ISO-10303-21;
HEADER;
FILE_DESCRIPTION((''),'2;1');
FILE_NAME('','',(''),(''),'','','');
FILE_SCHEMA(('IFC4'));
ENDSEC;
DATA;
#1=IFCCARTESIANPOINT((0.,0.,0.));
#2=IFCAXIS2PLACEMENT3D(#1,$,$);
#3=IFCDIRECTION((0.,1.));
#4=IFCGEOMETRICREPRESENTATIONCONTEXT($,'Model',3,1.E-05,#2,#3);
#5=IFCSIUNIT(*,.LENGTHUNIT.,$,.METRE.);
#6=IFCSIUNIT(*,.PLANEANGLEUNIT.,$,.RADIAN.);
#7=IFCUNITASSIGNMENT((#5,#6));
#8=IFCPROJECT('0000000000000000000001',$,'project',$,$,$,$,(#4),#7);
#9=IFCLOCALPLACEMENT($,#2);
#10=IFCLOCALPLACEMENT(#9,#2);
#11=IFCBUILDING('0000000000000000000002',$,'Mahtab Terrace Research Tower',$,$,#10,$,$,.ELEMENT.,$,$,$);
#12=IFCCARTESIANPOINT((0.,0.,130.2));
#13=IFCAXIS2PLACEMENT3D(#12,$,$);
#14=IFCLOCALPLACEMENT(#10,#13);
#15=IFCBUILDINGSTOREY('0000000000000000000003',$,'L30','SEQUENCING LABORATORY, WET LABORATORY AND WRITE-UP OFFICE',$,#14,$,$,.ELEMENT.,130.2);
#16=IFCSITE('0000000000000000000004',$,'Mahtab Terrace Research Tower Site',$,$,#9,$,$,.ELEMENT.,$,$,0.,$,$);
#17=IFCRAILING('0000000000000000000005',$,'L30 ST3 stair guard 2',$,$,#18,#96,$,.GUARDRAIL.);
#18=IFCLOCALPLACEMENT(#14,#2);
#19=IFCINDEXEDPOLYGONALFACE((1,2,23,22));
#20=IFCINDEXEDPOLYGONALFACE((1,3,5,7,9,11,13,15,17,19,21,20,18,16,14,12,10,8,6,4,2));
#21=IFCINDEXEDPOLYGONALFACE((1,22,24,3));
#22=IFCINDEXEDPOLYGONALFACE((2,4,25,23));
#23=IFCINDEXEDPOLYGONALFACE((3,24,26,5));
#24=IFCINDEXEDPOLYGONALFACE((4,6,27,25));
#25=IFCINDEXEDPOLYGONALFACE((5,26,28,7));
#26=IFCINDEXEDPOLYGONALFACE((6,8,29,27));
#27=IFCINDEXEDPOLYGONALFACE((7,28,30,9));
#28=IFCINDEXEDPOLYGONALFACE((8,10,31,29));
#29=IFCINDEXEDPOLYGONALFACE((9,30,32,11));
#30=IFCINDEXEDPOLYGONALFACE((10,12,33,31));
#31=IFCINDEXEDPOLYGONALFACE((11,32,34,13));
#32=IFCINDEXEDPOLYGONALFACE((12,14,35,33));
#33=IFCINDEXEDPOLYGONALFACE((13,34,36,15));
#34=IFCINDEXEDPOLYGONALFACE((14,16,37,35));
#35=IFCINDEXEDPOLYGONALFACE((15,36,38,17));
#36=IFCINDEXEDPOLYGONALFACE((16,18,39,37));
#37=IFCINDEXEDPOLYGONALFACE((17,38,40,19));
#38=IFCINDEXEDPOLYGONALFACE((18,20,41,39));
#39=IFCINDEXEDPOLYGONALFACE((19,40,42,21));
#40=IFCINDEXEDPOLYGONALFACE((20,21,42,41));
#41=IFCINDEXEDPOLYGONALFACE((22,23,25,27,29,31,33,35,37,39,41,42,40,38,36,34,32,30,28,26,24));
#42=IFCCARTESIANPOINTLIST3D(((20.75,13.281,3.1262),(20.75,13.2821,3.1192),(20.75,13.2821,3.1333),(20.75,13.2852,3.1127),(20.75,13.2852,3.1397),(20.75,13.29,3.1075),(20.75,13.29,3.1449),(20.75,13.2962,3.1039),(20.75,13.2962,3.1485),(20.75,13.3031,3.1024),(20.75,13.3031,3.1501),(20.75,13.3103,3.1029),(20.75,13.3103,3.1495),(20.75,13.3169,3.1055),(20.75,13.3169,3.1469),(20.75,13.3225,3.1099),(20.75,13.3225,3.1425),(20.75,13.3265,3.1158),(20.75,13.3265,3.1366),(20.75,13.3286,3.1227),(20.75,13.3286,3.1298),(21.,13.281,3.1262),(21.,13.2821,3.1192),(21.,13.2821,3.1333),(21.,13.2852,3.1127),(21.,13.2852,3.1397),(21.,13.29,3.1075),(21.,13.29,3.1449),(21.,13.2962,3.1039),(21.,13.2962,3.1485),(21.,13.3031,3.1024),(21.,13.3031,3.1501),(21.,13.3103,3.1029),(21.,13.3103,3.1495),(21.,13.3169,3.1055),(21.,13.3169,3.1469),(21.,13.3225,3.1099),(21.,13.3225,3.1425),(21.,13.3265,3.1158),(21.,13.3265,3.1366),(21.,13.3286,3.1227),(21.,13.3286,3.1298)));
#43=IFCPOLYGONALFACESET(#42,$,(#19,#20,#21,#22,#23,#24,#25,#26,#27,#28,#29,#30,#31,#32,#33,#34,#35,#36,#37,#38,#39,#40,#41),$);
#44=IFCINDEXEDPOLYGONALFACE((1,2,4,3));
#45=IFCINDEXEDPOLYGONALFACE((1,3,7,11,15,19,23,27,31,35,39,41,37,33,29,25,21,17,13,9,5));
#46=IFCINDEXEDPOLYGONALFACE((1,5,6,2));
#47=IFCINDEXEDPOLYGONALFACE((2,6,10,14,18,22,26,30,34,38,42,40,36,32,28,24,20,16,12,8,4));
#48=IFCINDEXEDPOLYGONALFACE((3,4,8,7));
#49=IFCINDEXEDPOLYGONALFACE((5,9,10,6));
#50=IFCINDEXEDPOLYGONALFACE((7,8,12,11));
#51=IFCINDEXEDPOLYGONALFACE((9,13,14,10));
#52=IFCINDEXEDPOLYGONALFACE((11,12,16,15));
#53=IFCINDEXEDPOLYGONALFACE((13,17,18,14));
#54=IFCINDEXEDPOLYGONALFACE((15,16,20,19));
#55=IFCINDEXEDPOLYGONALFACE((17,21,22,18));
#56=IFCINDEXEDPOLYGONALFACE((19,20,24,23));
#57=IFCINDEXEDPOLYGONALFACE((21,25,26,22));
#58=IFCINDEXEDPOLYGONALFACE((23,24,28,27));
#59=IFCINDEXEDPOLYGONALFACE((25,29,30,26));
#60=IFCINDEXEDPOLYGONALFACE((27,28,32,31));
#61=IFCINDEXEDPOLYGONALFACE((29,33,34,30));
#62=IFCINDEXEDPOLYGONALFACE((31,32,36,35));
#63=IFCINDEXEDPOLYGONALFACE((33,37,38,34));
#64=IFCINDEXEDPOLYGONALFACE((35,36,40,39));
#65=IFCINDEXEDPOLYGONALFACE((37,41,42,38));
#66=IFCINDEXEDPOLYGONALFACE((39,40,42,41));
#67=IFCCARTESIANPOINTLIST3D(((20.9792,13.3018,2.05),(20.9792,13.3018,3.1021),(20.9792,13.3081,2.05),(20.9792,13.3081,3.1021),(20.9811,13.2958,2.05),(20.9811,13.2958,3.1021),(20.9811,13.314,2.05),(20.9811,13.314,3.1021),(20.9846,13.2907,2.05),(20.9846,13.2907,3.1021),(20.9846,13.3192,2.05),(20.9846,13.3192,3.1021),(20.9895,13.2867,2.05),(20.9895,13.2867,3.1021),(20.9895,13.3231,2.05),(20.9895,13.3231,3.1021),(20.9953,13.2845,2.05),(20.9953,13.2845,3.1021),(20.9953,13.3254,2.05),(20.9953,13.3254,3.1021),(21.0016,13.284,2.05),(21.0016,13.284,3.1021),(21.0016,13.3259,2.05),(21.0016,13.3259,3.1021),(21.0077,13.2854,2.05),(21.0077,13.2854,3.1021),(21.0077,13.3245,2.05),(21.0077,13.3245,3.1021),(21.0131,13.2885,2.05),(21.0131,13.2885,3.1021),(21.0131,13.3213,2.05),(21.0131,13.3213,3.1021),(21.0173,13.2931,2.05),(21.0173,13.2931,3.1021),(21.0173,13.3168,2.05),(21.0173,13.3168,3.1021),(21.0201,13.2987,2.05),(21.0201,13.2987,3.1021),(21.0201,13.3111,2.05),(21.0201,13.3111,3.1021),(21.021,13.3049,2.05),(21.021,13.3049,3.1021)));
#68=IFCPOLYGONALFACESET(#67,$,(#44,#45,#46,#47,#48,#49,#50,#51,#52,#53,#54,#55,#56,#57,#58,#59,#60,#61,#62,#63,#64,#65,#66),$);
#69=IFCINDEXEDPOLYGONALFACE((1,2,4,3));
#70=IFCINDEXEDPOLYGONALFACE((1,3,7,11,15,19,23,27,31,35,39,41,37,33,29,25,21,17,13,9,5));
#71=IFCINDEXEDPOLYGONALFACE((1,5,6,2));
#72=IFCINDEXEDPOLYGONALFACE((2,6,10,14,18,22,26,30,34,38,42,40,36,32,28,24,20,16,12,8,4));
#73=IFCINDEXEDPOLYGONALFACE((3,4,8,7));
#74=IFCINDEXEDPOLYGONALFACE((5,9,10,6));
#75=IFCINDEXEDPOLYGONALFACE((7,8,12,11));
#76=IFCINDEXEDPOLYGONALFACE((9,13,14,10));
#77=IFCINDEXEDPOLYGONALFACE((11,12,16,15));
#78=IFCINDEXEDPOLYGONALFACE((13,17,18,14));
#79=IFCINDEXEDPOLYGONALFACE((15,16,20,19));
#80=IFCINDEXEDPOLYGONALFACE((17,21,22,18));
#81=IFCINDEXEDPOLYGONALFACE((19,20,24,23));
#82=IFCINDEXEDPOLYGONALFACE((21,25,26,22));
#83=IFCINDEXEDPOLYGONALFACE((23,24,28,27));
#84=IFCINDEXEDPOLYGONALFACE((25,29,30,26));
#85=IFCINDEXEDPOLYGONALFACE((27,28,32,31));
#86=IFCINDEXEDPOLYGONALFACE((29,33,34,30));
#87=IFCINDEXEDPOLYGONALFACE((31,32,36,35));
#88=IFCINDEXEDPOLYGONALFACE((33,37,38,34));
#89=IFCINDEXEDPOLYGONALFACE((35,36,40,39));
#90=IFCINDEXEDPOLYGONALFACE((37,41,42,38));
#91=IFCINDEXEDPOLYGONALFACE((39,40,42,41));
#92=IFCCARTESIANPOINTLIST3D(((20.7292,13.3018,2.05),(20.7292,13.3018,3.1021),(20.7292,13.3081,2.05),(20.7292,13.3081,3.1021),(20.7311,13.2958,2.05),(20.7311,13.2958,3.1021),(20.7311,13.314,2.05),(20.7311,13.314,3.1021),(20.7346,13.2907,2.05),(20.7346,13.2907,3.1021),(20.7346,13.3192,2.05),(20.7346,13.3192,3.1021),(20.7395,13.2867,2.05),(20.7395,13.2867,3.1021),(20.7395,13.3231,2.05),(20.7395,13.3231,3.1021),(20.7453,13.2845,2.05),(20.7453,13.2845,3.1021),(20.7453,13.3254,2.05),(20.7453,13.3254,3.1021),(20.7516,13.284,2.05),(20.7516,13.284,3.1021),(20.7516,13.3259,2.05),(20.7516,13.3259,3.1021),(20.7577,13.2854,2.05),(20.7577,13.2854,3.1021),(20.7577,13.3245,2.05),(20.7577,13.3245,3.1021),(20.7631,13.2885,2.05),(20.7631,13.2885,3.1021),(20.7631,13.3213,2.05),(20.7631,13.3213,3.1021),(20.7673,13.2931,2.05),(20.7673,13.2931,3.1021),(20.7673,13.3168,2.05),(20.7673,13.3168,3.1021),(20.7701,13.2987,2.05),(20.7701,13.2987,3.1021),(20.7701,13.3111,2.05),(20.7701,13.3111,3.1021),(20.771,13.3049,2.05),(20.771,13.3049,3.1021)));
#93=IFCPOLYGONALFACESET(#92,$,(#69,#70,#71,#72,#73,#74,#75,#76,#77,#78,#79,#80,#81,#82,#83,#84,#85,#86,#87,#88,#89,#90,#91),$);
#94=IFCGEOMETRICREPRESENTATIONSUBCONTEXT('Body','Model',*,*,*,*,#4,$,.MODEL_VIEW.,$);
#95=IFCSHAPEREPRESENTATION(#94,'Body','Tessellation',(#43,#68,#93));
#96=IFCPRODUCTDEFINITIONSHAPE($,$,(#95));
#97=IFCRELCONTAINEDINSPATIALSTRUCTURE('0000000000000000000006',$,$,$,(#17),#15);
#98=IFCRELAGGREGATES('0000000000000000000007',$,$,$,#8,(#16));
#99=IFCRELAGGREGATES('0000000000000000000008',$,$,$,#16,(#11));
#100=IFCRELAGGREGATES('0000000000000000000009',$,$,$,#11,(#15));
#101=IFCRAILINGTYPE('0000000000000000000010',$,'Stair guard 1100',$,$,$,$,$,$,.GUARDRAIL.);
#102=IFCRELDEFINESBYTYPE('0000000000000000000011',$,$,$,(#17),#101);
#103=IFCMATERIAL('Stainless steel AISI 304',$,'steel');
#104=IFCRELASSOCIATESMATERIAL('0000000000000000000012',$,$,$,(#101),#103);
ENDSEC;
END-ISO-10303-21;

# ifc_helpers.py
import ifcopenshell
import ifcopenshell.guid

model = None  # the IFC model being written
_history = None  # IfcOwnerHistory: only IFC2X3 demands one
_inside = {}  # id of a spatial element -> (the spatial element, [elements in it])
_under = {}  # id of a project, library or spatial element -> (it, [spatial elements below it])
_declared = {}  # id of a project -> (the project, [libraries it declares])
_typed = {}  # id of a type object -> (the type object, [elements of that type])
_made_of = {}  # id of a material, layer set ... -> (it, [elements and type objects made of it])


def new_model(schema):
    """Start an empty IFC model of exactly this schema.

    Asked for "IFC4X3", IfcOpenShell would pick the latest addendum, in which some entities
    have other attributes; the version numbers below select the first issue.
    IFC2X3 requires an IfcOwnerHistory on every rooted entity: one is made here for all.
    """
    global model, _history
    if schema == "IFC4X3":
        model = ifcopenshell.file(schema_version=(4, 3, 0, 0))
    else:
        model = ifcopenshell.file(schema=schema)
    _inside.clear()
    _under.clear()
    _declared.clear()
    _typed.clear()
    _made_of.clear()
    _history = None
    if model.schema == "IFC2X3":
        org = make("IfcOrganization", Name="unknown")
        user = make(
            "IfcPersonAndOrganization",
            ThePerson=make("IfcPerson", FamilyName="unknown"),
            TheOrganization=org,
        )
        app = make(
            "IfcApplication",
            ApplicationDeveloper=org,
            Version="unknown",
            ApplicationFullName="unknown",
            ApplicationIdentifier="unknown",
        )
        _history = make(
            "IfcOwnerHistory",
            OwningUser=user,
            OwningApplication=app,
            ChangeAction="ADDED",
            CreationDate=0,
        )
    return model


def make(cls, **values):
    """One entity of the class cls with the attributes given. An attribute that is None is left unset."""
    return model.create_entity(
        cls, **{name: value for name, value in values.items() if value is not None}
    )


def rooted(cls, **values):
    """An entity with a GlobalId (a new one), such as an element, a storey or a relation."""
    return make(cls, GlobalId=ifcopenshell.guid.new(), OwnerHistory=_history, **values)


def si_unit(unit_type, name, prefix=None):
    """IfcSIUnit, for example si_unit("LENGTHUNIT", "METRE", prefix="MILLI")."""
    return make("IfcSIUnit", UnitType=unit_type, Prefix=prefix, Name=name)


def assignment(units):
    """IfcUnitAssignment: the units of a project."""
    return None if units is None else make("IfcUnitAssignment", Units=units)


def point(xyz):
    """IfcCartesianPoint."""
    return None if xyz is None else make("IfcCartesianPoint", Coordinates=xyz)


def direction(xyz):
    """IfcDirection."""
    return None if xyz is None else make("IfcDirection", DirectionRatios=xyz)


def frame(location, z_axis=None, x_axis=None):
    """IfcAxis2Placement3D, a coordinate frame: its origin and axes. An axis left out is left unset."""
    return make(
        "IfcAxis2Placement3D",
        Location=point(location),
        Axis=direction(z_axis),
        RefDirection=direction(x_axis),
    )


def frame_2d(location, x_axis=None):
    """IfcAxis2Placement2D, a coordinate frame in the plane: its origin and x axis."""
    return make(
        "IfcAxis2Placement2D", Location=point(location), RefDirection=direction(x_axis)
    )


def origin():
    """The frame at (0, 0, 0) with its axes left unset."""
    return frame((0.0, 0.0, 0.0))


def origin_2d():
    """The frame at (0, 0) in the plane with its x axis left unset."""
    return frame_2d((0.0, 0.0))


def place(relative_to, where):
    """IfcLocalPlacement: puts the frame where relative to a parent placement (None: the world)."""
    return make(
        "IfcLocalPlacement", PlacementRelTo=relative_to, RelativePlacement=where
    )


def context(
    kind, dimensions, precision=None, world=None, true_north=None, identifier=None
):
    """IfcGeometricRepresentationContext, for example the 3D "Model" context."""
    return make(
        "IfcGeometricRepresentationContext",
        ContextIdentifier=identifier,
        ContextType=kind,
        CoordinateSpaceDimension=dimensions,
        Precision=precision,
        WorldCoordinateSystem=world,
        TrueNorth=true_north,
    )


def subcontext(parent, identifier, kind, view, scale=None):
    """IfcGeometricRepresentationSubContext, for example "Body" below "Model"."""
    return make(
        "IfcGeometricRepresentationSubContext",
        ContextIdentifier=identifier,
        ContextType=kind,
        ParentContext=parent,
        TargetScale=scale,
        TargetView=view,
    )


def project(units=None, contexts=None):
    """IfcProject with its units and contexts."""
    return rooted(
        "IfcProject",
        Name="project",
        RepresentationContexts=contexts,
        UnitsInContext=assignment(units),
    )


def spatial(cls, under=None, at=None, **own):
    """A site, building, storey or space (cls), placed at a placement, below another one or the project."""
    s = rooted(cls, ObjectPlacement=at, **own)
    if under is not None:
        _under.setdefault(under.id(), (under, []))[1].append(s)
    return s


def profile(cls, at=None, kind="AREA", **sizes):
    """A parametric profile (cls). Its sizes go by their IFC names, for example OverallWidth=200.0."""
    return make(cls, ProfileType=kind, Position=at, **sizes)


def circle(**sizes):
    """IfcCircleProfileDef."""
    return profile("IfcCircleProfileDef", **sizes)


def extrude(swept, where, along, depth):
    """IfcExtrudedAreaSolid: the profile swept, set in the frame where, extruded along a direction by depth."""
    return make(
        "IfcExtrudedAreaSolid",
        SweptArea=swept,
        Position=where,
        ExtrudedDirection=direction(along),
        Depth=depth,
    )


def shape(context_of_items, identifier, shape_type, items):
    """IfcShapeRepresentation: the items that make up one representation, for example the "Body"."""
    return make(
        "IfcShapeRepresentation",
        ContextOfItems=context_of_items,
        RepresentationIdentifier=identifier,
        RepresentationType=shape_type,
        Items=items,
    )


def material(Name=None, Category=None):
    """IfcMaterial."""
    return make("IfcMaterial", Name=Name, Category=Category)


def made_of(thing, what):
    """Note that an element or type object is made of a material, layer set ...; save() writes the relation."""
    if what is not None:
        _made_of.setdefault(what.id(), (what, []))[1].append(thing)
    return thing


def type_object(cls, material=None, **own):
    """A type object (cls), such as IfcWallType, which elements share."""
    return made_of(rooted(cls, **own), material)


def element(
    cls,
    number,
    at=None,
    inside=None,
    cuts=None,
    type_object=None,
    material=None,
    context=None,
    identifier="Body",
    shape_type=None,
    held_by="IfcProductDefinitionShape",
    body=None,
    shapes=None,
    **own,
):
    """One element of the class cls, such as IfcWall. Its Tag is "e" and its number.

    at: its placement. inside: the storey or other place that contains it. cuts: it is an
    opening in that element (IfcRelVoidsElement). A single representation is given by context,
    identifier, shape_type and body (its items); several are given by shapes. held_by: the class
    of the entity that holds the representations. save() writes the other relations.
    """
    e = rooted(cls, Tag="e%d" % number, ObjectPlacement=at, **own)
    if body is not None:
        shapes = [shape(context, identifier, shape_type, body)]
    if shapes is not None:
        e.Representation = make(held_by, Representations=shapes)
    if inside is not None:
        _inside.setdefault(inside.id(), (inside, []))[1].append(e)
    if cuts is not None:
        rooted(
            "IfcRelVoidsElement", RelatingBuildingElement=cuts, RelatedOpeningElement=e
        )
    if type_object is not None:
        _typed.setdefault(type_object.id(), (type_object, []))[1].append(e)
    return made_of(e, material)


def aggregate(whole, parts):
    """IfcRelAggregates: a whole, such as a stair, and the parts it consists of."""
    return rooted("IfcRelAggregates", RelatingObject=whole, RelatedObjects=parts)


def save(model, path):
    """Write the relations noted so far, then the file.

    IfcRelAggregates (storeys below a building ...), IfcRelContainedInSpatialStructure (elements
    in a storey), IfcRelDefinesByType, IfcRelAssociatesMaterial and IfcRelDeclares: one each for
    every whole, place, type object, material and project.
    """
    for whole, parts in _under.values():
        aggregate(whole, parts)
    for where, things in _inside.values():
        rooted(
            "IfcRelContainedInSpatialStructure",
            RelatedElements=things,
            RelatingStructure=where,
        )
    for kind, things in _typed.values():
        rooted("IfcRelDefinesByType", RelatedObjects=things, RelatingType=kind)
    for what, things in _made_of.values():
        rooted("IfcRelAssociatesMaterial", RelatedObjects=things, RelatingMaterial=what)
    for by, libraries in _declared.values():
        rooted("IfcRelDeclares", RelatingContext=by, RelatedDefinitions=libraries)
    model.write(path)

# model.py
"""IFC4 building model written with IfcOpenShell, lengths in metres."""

from ifc_helpers import new_model, si_unit, direction, frame, origin, origin_2d, place, context, subcontext, project, spatial, circle, extrude, material, type_object, element, save


model = new_model("IFC4")

# Units and contexts
model_context = context("Model", 3, precision=1e-05, world=origin(), true_north=direction((0.0, 1.0)))
body_context = subcontext(model_context, "Body", "Model", "MODEL_VIEW")
ifc_project = project(units=[si_unit("LENGTHUNIT", "METRE"), si_unit("PLANEANGLEUNIT", "RADIAN")], contexts=[model_context])

# Site, building, storey
site_placement = place(None, origin())
site = spatial("IfcSite", under=ifc_project, at=site_placement, Name="Mahtab Terrace Research Tower Site", CompositionType="ELEMENT", RefElevation=0.0)
building_placement = place(site_placement, origin())
building = spatial("IfcBuilding", under=site, at=building_placement, Name="Mahtab Terrace Research Tower", CompositionType="ELEMENT")
storey_placement = place(building_placement, frame((0.0, 0.0, 130.2)))
storey = spatial("IfcBuildingStorey", under=building, at=storey_placement, Name="L30", Description="SEQUENCING LABORATORY, WET LABORATORY AND WRITE-UP OFFICE", CompositionType="ELEMENT", Elevation=130.2)

# Railing
ifc_material_1 = material(Name="Stainless steel AISI 304", Category="steel")
railing_type_1 = type_object("IfcRailingType", Name="Stair guard 1100", PredefinedType="GUARDRAIL", material=ifc_material_1)
railing_1_placement = place(storey_placement, frame((21.0, 13.3049, 2.05)))
element("IfcRailing", 1, at=railing_1_placement, inside=storey, type_object=railing_type_1, Name="L30 ST3 stair guard 2", PredefinedType="GUARDRAIL", context=body_context, shape_type="SweptSolid", body=[
    extrude(circle(Radius=0.0239, at=origin_2d()), frame((0.0, 0.0, 1.0762), z_axis=(-1.0, 0.0, 0.0), x_axis=(0.0, -1.0, 0.0)), (0.0, 0.0, 1.0), 0.25),
    extrude(circle(Radius=0.021, at=origin_2d()), origin(), (0.0, 0.0, 1.0), 1.052),
    extrude(circle(Radius=0.021, at=origin_2d()), frame((-0.25, 0.0, 0.0)), (0.0, 0.0, 1.0), 1.052),
])

save(model, "model.ifc")
